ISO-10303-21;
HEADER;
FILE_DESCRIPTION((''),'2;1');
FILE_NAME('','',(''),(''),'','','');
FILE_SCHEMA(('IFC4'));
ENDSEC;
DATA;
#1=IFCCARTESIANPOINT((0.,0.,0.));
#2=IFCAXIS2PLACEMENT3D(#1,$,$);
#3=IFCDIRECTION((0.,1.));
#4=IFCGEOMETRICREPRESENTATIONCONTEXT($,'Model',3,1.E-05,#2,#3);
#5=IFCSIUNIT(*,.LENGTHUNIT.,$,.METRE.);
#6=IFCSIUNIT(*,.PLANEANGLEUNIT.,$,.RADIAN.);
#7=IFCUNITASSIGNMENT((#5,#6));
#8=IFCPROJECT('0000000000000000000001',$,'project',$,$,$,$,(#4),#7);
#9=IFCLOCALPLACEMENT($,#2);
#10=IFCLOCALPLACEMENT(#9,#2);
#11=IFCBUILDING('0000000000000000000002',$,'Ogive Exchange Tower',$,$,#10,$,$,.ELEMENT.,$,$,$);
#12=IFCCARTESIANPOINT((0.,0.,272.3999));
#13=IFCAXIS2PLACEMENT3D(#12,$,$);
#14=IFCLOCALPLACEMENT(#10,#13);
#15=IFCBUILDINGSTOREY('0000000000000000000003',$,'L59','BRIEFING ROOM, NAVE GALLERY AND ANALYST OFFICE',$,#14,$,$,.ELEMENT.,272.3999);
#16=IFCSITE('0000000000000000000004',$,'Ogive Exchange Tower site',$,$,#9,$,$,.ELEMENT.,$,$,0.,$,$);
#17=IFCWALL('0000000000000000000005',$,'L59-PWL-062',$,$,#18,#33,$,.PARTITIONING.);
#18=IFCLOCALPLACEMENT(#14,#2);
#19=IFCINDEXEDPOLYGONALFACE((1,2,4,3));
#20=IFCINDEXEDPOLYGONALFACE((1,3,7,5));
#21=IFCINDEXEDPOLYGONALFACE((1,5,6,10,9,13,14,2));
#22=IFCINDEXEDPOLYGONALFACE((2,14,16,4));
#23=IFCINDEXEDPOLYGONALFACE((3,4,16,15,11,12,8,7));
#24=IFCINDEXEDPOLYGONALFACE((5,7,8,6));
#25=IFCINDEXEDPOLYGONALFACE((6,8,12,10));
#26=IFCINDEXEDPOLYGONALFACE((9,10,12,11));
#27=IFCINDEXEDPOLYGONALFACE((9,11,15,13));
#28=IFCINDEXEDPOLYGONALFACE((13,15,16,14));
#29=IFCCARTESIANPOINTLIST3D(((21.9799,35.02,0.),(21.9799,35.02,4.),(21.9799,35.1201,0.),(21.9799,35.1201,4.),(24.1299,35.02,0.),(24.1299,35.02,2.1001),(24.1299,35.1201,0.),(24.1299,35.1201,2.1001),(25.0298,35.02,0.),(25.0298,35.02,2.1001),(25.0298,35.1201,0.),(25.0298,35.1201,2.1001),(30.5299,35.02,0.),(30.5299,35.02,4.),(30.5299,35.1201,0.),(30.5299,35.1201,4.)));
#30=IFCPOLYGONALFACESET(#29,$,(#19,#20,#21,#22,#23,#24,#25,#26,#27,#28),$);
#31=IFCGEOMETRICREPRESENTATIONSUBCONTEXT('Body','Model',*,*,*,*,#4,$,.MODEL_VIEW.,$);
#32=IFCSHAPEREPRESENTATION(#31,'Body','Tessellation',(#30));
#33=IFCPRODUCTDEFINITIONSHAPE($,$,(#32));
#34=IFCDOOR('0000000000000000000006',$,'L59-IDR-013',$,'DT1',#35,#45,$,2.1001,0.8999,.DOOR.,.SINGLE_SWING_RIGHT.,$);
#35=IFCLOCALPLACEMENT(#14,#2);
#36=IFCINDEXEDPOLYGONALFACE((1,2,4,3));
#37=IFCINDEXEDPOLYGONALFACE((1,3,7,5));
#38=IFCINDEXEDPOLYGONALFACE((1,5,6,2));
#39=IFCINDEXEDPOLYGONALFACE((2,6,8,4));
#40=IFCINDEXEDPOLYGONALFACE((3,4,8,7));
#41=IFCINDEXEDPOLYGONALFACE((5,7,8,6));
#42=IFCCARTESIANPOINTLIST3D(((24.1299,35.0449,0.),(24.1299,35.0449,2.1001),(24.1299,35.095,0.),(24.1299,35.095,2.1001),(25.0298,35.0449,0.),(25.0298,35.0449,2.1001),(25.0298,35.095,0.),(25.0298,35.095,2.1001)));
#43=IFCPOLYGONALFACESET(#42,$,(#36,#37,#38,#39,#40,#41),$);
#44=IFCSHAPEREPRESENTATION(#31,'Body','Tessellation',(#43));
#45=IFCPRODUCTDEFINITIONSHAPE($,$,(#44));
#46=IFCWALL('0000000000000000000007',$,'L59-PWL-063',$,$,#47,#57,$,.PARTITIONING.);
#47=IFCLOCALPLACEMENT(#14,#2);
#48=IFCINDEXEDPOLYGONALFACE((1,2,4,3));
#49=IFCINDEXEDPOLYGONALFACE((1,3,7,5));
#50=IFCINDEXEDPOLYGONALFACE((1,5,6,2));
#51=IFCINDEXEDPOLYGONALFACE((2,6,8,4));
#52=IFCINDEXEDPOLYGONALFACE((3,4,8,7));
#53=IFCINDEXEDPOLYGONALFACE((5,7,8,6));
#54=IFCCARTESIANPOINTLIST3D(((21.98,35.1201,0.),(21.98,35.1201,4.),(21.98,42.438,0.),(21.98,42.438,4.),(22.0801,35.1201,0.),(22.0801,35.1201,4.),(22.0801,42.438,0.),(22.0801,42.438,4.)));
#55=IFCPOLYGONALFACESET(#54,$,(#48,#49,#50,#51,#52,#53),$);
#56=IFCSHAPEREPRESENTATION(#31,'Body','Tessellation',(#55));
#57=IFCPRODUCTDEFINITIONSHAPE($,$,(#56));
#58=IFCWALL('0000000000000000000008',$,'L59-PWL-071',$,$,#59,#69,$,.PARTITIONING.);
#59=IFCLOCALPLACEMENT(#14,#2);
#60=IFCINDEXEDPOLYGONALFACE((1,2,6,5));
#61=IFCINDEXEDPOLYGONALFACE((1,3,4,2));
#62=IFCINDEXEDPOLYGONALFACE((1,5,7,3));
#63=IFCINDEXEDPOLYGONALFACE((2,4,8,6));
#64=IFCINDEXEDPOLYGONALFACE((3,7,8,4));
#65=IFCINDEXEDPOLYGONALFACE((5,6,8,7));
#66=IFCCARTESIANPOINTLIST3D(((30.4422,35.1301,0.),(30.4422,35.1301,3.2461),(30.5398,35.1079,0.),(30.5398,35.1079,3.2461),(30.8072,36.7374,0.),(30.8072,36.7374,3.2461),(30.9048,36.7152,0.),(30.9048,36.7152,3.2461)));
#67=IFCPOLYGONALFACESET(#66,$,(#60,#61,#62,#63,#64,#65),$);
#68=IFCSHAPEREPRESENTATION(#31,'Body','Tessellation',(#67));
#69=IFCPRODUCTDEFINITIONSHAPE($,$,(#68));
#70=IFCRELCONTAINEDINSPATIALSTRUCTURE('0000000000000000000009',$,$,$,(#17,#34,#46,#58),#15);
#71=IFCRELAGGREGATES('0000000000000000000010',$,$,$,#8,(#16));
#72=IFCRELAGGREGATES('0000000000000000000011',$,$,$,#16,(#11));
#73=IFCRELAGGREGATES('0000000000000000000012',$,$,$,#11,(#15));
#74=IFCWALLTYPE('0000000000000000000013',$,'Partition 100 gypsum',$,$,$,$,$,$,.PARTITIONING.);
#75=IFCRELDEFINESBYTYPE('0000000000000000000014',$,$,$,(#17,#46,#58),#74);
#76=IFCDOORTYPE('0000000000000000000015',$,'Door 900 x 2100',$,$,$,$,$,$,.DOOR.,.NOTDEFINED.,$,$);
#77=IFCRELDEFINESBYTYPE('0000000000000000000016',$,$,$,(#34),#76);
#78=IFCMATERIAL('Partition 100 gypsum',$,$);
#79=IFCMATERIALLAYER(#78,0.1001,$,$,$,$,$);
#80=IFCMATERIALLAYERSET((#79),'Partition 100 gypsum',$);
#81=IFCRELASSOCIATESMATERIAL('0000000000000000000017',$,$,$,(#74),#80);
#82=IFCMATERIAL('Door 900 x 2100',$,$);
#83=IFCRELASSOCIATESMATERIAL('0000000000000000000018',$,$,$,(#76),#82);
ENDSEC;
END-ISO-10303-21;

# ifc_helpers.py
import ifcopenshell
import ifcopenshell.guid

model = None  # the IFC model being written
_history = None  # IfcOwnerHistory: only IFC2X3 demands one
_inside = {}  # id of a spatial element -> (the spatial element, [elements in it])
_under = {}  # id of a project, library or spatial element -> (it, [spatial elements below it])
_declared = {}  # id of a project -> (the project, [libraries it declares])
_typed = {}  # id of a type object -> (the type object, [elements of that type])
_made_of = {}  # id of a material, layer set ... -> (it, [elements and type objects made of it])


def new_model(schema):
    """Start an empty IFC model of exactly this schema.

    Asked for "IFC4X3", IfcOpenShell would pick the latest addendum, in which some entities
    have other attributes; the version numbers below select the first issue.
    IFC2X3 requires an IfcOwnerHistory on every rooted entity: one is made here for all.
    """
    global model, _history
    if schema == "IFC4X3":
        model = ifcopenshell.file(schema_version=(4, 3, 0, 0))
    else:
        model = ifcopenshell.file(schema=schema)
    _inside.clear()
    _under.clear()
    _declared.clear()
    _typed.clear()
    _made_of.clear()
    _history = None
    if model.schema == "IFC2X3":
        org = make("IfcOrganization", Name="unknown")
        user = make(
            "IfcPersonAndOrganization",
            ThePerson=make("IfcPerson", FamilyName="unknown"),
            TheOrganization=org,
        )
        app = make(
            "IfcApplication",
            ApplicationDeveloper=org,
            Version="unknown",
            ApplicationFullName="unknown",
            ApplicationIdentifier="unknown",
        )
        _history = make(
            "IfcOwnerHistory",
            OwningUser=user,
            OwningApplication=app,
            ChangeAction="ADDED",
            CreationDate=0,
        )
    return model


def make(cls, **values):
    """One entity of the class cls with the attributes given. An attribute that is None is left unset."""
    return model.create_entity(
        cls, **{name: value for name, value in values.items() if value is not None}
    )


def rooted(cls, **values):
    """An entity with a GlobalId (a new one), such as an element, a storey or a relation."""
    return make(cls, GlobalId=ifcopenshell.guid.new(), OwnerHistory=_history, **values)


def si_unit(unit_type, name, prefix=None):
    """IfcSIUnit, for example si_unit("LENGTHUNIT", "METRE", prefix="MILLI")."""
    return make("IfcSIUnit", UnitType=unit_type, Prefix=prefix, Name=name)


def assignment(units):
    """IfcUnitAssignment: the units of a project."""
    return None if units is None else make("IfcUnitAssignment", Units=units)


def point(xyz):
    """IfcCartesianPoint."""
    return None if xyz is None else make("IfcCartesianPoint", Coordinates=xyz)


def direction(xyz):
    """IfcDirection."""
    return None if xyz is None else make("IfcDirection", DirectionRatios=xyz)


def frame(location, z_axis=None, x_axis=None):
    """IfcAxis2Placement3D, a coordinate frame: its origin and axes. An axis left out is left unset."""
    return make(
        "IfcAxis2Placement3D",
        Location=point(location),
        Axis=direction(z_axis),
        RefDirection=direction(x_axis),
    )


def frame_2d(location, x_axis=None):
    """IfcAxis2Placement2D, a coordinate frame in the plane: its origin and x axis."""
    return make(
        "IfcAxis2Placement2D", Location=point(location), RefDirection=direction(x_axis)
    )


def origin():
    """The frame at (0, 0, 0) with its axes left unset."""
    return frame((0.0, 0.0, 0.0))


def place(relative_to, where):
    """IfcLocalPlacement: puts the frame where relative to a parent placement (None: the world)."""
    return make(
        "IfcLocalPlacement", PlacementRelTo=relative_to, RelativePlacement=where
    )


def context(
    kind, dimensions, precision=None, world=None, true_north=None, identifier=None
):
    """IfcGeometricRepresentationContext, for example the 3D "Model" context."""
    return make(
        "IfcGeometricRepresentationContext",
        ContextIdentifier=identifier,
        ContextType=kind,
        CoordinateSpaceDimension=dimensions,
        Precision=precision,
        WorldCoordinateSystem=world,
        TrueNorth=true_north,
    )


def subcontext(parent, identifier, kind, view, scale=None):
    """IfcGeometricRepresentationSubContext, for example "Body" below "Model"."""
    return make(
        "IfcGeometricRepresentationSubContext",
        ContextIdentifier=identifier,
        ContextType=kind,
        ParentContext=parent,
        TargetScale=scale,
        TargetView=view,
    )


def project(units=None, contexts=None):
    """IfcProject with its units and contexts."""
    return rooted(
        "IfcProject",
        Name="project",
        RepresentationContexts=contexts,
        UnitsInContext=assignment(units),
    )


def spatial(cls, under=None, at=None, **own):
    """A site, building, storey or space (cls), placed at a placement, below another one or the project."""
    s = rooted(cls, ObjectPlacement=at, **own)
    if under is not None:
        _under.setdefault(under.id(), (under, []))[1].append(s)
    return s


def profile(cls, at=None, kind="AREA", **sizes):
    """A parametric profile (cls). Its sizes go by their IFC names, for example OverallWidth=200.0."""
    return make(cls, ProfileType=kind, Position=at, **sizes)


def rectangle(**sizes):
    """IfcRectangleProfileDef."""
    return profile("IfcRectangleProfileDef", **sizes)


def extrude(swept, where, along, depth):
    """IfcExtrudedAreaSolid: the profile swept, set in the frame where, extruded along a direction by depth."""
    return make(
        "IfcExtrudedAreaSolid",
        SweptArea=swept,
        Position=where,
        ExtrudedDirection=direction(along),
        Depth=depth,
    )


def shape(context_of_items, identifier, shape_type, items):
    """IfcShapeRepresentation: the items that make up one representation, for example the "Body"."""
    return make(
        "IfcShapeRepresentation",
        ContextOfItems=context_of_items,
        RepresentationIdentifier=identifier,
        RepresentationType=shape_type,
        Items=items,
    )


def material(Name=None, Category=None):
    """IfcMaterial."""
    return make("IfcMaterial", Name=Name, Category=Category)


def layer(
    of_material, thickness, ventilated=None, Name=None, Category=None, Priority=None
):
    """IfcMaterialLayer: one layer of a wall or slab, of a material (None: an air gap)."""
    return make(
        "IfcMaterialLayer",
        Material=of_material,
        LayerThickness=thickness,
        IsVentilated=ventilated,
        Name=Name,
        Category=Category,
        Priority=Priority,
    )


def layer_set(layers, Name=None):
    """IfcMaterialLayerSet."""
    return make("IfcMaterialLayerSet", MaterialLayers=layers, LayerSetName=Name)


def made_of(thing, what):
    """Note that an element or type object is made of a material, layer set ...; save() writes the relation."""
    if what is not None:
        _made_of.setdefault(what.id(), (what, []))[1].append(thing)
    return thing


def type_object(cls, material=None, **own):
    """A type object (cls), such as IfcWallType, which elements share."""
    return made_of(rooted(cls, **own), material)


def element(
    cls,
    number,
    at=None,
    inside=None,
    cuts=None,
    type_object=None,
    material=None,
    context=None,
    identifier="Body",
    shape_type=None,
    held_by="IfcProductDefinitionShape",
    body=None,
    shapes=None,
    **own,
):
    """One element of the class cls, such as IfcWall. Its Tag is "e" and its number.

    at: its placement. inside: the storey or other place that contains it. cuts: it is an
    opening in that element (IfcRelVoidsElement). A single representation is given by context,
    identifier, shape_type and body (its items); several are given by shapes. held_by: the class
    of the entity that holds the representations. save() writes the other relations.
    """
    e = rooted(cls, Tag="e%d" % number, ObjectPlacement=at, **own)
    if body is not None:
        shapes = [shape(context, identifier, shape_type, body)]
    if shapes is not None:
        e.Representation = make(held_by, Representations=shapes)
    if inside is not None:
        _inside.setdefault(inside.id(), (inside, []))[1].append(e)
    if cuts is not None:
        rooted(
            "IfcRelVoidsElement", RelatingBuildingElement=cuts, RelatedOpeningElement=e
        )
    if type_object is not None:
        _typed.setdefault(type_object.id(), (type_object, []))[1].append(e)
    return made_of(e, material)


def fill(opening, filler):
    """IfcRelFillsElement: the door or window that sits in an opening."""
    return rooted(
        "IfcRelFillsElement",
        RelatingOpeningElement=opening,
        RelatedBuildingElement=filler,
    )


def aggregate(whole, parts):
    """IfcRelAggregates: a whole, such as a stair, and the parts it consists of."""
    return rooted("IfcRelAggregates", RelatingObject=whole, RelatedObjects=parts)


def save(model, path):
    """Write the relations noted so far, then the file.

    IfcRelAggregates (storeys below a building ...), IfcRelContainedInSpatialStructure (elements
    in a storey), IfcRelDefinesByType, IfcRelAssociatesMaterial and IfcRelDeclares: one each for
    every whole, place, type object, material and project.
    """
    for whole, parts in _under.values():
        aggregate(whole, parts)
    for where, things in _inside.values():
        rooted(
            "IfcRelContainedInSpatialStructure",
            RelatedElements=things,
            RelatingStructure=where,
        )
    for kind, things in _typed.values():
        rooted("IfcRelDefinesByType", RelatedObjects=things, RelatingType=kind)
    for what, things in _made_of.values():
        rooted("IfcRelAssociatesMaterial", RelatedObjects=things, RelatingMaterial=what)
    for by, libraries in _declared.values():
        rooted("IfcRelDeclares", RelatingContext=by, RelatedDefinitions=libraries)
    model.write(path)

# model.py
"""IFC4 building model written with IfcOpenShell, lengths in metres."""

from ifc_helpers import new_model, si_unit, direction, frame, frame_2d, origin, place, context, subcontext, project, spatial, rectangle, extrude, material, layer, layer_set, type_object, element, fill, save


model = new_model("IFC4")

# Units and contexts
model_context = context("Model", 3, precision=1e-05, world=origin(), true_north=direction((0.0, 1.0)))
body_context = subcontext(model_context, "Body", "Model", "MODEL_VIEW")
ifc_project = project(units=[si_unit("LENGTHUNIT", "METRE"), si_unit("PLANEANGLEUNIT", "RADIAN")], contexts=[model_context])

# Site, building, storey
site_placement = place(None, origin())
site = spatial("IfcSite", under=ifc_project, at=site_placement, Name="Ogive Exchange Tower site", CompositionType="ELEMENT", RefElevation=0.0)
building_placement = place(site_placement, origin())
building = spatial("IfcBuilding", under=site, at=building_placement, Name="Ogive Exchange Tower", CompositionType="ELEMENT")
storey_placement = place(building_placement, frame((0.0, 0.0, 272.3999)))
storey = spatial("IfcBuildingStorey", under=building, at=storey_placement, Name="L59", Description="BRIEFING ROOM, NAVE GALLERY AND ANALYST OFFICE", CompositionType="ELEMENT", Elevation=272.3999)

# Shared definitions
ifc_material_1 = material(Name="Partition 100 gypsum")
ifc_layer_1 = layer(ifc_material_1, 0.1001)
ifc_layer_set_1 = layer_set([ifc_layer_1], Name="Partition 100 gypsum")
wall_type_1 = type_object("IfcWallType", Name="Partition 100 gypsum", PredefinedType="PARTITIONING", material=ifc_layer_set_1)

# Wall, opening, door
wall_1_placement = place(storey_placement, frame((21.98, 35.0701, 0.0), z_axis=(0.0, 0.0, 1.0), x_axis=(1.0, 0.0, 0.0)))
wall_1 = element("IfcWall", 1, at=wall_1_placement, inside=storey, type_object=wall_type_1, Name="L59-PWL-062", PredefinedType="PARTITIONING", context=body_context, shape_type="SweptSolid", body=[
    extrude(rectangle(XDim=8.55, YDim=0.1001, at=frame_2d((4.2749, 0.0))), origin(), (0.0, 0.0, 1.0), 4.0),
])
opening_1_placement = place(wall_1_placement, frame((2.1499, 0.0, 0.0)))
opening_1 = element("IfcOpeningElement", 2, at=opening_1_placement, cuts=wall_1, PredefinedType="OPENING", context=body_context, shape_type="SweptSolid", body=[
    extrude(rectangle(XDim=0.8999, YDim=2.1001, at=frame_2d((0.45, 1.05))), frame((0.0, 0.0601, 0.0), z_axis=(0.0, -1.0, 0.0), x_axis=(1.0, 0.0, 0.0)), (0.0, 0.0, 1.0), 0.1201),
])
ifc_material_2 = material(Name="Door 900 x 2100")
door_type_1 = type_object("IfcDoorType", Name="Door 900 x 2100", OperationType="NOTDEFINED", PredefinedType="DOOR", material=ifc_material_2)
door_1_placement = place(opening_1_placement, origin())
door_1 = element("IfcDoor", 3, at=door_1_placement, inside=storey, type_object=door_type_1, Name="L59-IDR-013", ObjectType="DT1", OperationType="SINGLE_SWING_RIGHT", OverallHeight=2.1001, OverallWidth=0.8999, PredefinedType="DOOR", context=body_context, shape_type="SweptSolid", body=[
    extrude(rectangle(XDim=0.8999, YDim=2.1001, at=frame_2d((0.45, 1.05))), frame((0.0, 0.0249, 0.0), z_axis=(0.0, -1.0, 0.0), x_axis=(1.0, 0.0, 0.0)), (0.0, 0.0, 1.0), 0.05),
])
fill(opening_1, door_1)

# Walls
wall_2_placement = place(storey_placement, frame((22.03, 42.438, 0.0), z_axis=(0.0, 0.0, 1.0), x_axis=(0.0, -1.0, 0.0)))
element("IfcWall", 4, at=wall_2_placement, inside=storey, type_object=wall_type_1, Name="L59-PWL-063", PredefinedType="PARTITIONING", context=body_context, shape_type="SweptSolid", body=[
    extrude(rectangle(XDim=7.3179, YDim=0.1001, at=frame_2d((3.6589, 0.0))), origin(), (0.0, 0.0, 1.0), 4.0),
])
wall_3_placement = place(storey_placement, frame((30.491, 35.1189, 0.0), z_axis=(0.0, 0.0, 1.0), x_axis=(0.221461, 0.975169, 0.0)))
element("IfcWall", 5, at=wall_3_placement, inside=storey, type_object=wall_type_1, Name="L59-PWL-071", PredefinedType="PARTITIONING", context=body_context, shape_type="SweptSolid", body=[
    extrude(rectangle(XDim=1.6482, YDim=0.1001, at=frame_2d((0.8242, 0.0))), origin(), (0.0, 0.0, 1.0), 3.2461),
])

save(model, "model.ifc")
